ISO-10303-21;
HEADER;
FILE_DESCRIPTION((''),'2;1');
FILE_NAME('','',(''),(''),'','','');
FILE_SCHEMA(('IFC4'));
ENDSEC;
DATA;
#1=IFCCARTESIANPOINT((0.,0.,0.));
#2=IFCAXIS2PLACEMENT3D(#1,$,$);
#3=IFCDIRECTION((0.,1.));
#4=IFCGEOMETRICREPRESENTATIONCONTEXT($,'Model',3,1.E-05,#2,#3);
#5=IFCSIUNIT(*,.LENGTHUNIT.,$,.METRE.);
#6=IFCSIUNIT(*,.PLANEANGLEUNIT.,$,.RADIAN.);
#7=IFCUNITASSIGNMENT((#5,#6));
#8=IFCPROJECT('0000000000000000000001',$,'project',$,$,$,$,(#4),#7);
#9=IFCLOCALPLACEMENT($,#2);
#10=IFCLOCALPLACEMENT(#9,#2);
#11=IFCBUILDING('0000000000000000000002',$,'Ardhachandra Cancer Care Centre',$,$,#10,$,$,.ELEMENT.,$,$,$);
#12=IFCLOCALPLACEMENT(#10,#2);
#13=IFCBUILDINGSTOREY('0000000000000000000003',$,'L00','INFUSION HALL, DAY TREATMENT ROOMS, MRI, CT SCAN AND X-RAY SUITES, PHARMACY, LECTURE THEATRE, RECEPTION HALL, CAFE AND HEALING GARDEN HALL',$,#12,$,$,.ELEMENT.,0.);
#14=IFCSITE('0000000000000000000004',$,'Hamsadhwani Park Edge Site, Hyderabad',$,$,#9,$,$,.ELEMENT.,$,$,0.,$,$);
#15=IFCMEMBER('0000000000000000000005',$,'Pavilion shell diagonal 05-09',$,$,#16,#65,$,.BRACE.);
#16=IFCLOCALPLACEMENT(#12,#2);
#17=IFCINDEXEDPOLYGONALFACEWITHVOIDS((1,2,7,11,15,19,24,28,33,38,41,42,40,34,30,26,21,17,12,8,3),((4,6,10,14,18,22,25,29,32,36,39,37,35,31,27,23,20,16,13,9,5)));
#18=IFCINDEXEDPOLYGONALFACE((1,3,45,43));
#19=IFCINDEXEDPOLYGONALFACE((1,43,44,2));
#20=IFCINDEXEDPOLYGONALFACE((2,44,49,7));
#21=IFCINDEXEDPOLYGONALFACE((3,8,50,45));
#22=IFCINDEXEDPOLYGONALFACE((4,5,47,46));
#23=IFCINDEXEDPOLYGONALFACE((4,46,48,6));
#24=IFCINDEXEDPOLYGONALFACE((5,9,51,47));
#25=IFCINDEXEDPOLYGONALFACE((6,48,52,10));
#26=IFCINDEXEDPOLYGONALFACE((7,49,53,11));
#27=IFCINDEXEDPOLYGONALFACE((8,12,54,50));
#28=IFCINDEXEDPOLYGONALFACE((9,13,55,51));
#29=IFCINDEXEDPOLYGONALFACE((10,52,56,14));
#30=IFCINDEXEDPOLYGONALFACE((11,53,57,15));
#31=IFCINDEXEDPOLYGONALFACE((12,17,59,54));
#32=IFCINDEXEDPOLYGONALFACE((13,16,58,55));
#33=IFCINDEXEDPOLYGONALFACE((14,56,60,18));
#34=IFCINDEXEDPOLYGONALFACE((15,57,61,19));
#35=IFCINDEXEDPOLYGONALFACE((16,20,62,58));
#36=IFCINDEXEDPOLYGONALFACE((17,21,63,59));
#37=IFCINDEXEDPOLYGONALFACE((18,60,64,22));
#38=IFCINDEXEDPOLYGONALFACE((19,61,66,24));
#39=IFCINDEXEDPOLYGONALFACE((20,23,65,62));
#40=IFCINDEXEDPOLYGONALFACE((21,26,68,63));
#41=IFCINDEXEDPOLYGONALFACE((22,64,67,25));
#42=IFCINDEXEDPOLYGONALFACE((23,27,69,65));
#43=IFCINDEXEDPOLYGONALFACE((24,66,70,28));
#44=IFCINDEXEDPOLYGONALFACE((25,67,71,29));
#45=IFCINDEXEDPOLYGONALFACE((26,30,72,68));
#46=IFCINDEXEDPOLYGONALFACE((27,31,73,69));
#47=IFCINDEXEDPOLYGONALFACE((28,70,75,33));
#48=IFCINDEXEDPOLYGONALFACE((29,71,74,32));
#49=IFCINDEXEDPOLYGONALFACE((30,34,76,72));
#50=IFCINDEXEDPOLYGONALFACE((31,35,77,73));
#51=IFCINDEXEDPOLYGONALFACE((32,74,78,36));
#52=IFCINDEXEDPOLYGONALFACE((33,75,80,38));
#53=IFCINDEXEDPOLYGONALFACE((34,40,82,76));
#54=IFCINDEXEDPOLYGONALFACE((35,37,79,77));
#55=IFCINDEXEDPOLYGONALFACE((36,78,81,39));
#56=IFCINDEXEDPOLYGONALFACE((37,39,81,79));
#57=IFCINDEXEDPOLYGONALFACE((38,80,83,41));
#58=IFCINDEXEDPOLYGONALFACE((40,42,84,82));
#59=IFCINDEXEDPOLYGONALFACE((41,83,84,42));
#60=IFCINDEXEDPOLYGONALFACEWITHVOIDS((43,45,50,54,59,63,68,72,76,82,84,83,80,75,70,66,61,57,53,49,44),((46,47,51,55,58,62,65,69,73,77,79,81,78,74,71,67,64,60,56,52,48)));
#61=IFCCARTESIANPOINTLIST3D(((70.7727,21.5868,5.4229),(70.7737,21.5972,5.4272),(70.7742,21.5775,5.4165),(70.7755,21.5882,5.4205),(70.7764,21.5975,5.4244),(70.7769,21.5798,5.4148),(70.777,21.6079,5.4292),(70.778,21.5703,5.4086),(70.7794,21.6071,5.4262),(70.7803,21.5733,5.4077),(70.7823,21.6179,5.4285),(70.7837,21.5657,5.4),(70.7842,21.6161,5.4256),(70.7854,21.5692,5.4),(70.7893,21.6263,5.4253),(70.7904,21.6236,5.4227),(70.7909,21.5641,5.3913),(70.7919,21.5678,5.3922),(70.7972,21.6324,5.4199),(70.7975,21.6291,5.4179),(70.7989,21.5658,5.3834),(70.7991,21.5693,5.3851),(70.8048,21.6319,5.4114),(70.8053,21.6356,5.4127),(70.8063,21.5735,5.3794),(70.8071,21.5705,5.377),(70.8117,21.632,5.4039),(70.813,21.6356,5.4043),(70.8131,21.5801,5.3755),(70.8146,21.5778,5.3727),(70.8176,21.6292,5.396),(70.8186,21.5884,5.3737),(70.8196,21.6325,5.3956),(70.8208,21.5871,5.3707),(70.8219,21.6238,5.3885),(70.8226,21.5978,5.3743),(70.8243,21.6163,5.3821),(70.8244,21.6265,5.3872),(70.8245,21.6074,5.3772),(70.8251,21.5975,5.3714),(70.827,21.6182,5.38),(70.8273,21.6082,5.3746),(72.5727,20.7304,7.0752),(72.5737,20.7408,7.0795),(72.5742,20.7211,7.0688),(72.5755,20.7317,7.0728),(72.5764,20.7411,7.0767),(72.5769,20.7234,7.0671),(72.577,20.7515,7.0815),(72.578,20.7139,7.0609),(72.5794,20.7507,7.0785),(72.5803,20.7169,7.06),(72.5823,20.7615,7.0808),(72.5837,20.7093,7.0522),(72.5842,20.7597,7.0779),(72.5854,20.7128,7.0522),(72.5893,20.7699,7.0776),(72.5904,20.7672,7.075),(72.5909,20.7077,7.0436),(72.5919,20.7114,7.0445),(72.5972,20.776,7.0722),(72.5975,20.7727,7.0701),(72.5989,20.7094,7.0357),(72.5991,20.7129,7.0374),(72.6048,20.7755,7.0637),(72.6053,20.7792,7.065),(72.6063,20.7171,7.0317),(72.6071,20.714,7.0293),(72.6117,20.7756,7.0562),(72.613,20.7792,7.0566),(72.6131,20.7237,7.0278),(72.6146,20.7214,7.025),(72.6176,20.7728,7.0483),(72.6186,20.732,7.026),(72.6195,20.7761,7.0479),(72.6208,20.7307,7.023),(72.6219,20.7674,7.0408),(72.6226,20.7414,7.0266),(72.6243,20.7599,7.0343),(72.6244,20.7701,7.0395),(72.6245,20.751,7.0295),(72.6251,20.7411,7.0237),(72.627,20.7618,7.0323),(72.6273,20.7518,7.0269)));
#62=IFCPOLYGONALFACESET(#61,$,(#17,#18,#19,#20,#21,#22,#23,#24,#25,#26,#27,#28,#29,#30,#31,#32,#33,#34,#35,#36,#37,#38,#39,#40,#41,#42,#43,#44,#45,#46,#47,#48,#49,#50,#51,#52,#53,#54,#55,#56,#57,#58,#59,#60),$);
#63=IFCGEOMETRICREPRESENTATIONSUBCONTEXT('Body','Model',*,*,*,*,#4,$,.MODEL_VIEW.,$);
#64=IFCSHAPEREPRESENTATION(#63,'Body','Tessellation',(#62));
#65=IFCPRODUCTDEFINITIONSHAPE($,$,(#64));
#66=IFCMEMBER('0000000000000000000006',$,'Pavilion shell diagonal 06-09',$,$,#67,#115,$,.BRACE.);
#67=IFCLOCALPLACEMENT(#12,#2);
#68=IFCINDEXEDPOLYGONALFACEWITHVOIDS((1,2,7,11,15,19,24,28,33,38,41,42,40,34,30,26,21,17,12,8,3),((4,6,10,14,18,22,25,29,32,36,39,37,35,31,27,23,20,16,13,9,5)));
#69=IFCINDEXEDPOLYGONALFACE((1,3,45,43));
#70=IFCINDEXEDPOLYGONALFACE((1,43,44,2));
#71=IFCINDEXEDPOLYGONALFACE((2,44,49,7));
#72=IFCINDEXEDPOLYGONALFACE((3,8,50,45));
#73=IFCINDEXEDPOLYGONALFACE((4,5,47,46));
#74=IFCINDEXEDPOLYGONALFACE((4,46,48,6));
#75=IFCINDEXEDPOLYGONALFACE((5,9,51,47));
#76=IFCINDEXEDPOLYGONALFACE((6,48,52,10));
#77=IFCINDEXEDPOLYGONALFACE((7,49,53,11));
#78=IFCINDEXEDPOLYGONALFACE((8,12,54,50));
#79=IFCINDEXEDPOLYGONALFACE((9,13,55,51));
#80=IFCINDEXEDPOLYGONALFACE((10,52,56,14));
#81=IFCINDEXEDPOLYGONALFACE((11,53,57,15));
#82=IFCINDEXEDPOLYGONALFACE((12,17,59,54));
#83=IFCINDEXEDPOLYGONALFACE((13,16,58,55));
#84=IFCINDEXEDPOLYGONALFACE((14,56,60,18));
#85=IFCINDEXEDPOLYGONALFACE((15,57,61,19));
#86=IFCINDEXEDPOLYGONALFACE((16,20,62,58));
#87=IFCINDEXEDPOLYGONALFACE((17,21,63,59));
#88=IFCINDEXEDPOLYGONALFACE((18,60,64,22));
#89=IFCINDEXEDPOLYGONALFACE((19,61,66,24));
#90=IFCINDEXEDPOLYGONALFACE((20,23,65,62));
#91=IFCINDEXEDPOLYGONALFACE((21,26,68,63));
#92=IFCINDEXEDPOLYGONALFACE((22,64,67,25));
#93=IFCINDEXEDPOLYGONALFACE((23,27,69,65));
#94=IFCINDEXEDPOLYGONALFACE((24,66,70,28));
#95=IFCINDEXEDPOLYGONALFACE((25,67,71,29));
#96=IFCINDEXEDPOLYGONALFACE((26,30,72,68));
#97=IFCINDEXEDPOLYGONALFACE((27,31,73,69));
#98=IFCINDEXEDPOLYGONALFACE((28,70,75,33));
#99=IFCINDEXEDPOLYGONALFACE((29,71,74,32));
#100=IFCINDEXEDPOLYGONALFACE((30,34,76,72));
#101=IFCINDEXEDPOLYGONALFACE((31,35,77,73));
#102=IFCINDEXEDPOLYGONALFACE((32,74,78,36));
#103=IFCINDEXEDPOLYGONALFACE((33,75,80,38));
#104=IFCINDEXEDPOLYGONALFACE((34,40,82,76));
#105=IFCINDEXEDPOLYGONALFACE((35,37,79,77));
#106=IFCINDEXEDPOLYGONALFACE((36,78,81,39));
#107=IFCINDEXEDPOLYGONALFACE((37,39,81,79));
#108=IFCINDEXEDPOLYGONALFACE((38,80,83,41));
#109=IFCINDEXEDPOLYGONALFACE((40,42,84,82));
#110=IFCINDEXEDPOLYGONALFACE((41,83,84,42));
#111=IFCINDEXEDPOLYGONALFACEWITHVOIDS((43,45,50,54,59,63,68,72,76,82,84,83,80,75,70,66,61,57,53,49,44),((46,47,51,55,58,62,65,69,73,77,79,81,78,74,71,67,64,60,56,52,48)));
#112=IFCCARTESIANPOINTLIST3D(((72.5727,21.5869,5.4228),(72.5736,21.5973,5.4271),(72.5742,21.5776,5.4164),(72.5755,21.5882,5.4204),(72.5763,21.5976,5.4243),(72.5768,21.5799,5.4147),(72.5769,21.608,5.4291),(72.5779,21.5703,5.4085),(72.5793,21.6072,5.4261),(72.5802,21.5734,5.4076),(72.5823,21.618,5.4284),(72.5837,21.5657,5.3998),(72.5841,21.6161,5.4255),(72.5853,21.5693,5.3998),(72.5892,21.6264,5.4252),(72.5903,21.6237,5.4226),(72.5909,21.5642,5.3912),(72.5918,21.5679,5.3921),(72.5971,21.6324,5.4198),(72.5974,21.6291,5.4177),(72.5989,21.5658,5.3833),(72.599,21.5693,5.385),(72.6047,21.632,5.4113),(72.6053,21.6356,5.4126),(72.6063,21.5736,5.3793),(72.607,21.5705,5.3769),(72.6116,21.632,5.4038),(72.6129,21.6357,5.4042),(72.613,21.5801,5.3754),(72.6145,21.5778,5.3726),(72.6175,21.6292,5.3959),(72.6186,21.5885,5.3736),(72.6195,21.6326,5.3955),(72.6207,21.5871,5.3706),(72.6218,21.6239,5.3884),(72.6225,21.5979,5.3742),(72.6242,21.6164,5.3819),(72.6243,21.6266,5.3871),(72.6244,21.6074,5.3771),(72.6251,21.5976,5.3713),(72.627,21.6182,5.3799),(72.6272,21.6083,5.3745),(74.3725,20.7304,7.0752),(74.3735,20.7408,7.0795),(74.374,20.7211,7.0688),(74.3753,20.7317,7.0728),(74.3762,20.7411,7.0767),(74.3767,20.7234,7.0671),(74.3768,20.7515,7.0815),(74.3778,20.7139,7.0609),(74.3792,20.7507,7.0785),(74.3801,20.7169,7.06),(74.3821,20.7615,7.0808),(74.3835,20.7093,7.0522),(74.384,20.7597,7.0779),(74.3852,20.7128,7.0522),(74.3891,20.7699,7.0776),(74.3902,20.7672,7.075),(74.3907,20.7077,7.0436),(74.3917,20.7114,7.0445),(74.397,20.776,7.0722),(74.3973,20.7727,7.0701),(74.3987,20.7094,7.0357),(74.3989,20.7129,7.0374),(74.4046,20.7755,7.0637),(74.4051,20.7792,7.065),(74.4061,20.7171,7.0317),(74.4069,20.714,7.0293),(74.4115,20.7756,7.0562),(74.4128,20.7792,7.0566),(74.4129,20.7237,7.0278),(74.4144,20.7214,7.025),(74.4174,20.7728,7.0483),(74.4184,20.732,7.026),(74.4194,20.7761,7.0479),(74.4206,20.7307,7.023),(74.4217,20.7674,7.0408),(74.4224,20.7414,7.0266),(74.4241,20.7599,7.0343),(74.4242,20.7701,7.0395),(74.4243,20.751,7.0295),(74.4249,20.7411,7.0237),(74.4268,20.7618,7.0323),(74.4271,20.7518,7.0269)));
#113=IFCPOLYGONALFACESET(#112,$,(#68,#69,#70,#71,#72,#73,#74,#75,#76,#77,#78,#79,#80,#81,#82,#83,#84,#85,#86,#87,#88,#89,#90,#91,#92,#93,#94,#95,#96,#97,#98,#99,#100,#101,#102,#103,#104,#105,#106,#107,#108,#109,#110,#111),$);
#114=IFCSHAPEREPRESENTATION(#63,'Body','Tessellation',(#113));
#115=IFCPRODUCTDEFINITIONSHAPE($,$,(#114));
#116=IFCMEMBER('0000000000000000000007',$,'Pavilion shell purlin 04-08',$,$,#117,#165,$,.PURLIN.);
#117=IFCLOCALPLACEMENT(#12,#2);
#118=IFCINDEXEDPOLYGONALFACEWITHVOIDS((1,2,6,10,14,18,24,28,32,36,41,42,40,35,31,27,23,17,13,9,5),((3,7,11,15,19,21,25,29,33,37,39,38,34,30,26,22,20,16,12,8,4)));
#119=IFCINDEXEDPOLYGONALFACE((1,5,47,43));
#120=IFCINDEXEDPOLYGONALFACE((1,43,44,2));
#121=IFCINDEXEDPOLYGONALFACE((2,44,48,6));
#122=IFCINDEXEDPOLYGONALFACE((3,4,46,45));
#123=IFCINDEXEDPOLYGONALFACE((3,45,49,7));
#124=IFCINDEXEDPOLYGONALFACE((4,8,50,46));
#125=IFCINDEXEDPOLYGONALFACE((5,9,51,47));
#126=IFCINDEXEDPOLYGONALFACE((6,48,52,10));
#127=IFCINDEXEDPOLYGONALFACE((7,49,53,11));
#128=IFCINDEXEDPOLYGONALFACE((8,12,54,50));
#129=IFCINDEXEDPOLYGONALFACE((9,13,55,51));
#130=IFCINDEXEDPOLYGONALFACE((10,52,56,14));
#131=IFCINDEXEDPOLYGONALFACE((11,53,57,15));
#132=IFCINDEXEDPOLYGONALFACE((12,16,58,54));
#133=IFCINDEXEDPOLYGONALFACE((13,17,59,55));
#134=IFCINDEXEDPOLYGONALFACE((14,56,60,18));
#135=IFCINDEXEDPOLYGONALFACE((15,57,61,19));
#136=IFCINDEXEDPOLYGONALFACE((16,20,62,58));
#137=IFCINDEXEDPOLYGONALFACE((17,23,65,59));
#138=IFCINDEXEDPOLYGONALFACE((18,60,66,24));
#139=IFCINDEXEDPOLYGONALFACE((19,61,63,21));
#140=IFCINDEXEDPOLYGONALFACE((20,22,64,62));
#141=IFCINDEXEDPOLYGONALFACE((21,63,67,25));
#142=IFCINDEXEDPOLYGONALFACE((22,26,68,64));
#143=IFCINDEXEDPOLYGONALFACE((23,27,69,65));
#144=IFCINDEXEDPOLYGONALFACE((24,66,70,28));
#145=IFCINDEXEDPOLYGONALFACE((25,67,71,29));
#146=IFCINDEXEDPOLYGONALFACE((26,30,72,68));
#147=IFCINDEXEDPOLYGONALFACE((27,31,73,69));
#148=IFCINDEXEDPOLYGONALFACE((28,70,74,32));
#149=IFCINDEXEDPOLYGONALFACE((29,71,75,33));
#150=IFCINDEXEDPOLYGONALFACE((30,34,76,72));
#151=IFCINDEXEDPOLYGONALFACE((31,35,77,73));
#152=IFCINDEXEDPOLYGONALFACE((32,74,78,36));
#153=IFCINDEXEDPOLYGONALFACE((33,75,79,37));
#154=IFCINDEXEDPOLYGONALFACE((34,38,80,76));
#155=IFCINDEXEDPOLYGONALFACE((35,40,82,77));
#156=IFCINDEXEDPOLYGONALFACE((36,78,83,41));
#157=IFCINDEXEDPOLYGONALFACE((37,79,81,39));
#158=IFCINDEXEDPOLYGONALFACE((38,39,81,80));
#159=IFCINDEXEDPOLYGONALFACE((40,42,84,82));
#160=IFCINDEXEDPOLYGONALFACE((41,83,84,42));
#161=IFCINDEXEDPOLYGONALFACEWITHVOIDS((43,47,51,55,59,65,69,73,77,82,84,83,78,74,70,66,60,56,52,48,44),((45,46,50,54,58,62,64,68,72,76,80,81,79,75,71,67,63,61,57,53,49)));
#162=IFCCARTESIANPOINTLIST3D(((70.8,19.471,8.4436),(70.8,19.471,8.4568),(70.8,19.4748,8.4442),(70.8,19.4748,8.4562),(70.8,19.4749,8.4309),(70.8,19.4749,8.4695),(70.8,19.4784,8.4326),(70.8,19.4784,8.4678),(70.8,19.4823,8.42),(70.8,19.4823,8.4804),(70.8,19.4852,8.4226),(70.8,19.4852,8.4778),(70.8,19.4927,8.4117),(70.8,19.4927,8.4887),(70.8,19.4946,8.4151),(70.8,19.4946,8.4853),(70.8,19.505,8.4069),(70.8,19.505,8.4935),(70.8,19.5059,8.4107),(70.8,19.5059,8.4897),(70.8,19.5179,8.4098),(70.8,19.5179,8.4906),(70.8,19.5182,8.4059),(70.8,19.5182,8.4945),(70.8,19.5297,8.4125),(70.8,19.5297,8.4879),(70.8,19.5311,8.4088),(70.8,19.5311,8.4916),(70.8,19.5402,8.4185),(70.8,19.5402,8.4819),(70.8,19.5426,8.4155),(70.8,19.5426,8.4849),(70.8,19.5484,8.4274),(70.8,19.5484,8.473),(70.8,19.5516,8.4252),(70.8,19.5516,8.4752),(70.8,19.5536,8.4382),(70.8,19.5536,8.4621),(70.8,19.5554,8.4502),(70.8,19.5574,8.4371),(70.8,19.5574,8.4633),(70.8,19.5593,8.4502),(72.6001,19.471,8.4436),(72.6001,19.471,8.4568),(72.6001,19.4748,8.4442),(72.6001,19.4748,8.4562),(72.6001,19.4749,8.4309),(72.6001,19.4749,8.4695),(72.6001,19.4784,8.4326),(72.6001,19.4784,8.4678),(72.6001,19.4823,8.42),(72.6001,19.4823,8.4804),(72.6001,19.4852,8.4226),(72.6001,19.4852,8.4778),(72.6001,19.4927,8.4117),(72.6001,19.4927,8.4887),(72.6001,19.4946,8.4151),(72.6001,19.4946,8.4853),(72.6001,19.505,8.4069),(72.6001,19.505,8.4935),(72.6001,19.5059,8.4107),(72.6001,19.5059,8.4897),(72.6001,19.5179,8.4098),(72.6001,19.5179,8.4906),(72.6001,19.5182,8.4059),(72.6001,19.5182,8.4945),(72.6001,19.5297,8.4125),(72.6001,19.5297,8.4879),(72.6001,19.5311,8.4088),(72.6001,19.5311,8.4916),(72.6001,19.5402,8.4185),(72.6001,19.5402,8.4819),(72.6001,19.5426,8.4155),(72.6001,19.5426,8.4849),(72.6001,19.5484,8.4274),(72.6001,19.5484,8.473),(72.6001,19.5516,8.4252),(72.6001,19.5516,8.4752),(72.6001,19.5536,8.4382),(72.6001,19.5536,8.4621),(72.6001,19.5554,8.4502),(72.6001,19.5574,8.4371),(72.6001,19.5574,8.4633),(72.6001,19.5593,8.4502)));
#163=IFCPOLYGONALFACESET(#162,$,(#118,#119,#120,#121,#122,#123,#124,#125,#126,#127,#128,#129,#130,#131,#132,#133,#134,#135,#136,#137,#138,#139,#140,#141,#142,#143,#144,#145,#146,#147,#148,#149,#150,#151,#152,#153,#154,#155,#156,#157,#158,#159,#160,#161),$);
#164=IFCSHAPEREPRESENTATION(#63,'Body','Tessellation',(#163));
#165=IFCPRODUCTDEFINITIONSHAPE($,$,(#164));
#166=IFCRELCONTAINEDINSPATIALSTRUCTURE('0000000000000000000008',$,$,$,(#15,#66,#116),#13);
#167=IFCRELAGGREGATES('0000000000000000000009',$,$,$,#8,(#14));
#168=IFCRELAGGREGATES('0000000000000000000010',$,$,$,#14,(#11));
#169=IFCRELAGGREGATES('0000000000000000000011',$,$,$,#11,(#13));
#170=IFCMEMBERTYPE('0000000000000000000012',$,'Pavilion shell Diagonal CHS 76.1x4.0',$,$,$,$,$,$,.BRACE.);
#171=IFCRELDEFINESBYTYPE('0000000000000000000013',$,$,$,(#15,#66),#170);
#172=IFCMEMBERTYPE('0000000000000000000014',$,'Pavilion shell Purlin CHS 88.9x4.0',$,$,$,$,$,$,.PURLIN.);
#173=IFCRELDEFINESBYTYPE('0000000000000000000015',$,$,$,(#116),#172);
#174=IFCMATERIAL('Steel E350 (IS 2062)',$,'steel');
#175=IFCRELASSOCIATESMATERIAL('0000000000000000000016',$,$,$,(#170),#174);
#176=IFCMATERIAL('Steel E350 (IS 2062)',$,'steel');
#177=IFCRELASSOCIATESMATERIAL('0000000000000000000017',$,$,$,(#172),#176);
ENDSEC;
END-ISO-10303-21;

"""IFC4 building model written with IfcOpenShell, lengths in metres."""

from ifc_helpers import new_model, si_unit, direction, frame, origin, origin_2d, place, context, subcontext, project, spatial, hollow_circle, extrude, material, material_profile, profile_set, type_object, element, save


model = new_model("IFC4")

# Units and contexts
model_context = context("Model", 3, precision=1e-05, world=origin(), true_north=direction((0.0, 1.0)))
body_context = subcontext(model_context, "Body", "Model", "MODEL_VIEW")
ifc_project = project(units=[si_unit("LENGTHUNIT", "METRE"), si_unit("PLANEANGLEUNIT", "RADIAN")], contexts=[model_context])

# Site, building, storey
site_placement = place(None, origin())
site = spatial("IfcSite", under=ifc_project, at=site_placement, Name="Hamsadhwani Park Edge Site, Hyderabad", CompositionType="ELEMENT", RefElevation=0.0)
building_placement = place(site_placement, origin())
building = spatial("IfcBuilding", under=site, at=building_placement, Name="Ardhachandra Cancer Care Centre", CompositionType="ELEMENT")
storey_placement = place(building_placement, origin())
storey = spatial("IfcBuildingStorey", under=building, at=storey_placement, Name="L00", Description="INFUSION HALL, DAY TREATMENT ROOMS, MRI, CT SCAN AND X-RAY SUITES, PHARMACY, LECTURE THEATRE, RECEPTION HALL, CAFE AND HEALING GARDEN HALL", CompositionType="ELEMENT", Elevation=0.0)

# Members
ifc_material_1 = material(Name="Steel E350 (IS 2062)", Category="steel")
ifc_material_profile_1 = material_profile(ifc_material_1, hollow_circle(Radius=0.0381, WallThickness=0.0039, at=origin_2d()), Name="CHS 76.1x4.0")
ifc_profile_set_1 = profile_set([ifc_material_profile_1], Name="Steel E350 (IS 2062)")
member_type_1 = type_object("IfcMemberType", Name="Pavilion shell Diagonal CHS 76.1x4.0", PredefinedType="BRACE", material=ifc_profile_set_1)
for number, where, z_axis, x_axis, name in (
    (1, (72.6001, 20.7437, 7.0522), (-0.695216, 0.330777, -0.63817), (-0.429639, -0.903001, 0.0), "Pavilion shell diagonal 05-09"),
    (2, (74.3999, 20.7437, 7.0522), (-0.695168, 0.330799, -0.638212), (-0.429686, -0.902978, 0.0), "Pavilion shell diagonal 06-09"),
):
    element("IfcMember", number, at=place(storey_placement, frame(where, z_axis=z_axis, x_axis=x_axis)), inside=storey, type_object=member_type_1, Name=name, PredefinedType="BRACE", context=body_context, shape_type="SweptSolid", body=[
        extrude(hollow_circle(Radius=0.0381, WallThickness=0.0039, at=origin_2d()), origin(), (0.0, 0.0, 1.0), 2.5891),
    ])
ifc_material_2 = material(Name="Steel E350 (IS 2062)", Category="steel")
ifc_material_profile_2 = material_profile(ifc_material_2, hollow_circle(Radius=0.0444, WallThickness=0.0039, at=origin_2d()), Name="CHS 88.9x4.0")
ifc_profile_set_2 = profile_set([ifc_material_profile_2], Name="Steel E350 (IS 2062)")
member_type_2 = type_object("IfcMemberType", Name="Pavilion shell Purlin CHS 88.9x4.0", PredefinedType="PURLIN", material=ifc_profile_set_2)
member_1_placement = place(storey_placement, frame((70.8, 19.5149, 8.4502), z_axis=(1.0, 0.0, 0.0), x_axis=(0.0, 1.0, 0.0)))
element("IfcMember", 3, at=member_1_placement, inside=storey, type_object=member_type_2, Name="Pavilion shell purlin 04-08", PredefinedType="PURLIN", context=body_context, shape_type="SweptSolid", body=[
    extrude(hollow_circle(Radius=0.0444, WallThickness=0.0039, at=origin_2d()), origin(), (0.0, 0.0, 1.0), 1.8),
])

save(model, "model.ifc")
